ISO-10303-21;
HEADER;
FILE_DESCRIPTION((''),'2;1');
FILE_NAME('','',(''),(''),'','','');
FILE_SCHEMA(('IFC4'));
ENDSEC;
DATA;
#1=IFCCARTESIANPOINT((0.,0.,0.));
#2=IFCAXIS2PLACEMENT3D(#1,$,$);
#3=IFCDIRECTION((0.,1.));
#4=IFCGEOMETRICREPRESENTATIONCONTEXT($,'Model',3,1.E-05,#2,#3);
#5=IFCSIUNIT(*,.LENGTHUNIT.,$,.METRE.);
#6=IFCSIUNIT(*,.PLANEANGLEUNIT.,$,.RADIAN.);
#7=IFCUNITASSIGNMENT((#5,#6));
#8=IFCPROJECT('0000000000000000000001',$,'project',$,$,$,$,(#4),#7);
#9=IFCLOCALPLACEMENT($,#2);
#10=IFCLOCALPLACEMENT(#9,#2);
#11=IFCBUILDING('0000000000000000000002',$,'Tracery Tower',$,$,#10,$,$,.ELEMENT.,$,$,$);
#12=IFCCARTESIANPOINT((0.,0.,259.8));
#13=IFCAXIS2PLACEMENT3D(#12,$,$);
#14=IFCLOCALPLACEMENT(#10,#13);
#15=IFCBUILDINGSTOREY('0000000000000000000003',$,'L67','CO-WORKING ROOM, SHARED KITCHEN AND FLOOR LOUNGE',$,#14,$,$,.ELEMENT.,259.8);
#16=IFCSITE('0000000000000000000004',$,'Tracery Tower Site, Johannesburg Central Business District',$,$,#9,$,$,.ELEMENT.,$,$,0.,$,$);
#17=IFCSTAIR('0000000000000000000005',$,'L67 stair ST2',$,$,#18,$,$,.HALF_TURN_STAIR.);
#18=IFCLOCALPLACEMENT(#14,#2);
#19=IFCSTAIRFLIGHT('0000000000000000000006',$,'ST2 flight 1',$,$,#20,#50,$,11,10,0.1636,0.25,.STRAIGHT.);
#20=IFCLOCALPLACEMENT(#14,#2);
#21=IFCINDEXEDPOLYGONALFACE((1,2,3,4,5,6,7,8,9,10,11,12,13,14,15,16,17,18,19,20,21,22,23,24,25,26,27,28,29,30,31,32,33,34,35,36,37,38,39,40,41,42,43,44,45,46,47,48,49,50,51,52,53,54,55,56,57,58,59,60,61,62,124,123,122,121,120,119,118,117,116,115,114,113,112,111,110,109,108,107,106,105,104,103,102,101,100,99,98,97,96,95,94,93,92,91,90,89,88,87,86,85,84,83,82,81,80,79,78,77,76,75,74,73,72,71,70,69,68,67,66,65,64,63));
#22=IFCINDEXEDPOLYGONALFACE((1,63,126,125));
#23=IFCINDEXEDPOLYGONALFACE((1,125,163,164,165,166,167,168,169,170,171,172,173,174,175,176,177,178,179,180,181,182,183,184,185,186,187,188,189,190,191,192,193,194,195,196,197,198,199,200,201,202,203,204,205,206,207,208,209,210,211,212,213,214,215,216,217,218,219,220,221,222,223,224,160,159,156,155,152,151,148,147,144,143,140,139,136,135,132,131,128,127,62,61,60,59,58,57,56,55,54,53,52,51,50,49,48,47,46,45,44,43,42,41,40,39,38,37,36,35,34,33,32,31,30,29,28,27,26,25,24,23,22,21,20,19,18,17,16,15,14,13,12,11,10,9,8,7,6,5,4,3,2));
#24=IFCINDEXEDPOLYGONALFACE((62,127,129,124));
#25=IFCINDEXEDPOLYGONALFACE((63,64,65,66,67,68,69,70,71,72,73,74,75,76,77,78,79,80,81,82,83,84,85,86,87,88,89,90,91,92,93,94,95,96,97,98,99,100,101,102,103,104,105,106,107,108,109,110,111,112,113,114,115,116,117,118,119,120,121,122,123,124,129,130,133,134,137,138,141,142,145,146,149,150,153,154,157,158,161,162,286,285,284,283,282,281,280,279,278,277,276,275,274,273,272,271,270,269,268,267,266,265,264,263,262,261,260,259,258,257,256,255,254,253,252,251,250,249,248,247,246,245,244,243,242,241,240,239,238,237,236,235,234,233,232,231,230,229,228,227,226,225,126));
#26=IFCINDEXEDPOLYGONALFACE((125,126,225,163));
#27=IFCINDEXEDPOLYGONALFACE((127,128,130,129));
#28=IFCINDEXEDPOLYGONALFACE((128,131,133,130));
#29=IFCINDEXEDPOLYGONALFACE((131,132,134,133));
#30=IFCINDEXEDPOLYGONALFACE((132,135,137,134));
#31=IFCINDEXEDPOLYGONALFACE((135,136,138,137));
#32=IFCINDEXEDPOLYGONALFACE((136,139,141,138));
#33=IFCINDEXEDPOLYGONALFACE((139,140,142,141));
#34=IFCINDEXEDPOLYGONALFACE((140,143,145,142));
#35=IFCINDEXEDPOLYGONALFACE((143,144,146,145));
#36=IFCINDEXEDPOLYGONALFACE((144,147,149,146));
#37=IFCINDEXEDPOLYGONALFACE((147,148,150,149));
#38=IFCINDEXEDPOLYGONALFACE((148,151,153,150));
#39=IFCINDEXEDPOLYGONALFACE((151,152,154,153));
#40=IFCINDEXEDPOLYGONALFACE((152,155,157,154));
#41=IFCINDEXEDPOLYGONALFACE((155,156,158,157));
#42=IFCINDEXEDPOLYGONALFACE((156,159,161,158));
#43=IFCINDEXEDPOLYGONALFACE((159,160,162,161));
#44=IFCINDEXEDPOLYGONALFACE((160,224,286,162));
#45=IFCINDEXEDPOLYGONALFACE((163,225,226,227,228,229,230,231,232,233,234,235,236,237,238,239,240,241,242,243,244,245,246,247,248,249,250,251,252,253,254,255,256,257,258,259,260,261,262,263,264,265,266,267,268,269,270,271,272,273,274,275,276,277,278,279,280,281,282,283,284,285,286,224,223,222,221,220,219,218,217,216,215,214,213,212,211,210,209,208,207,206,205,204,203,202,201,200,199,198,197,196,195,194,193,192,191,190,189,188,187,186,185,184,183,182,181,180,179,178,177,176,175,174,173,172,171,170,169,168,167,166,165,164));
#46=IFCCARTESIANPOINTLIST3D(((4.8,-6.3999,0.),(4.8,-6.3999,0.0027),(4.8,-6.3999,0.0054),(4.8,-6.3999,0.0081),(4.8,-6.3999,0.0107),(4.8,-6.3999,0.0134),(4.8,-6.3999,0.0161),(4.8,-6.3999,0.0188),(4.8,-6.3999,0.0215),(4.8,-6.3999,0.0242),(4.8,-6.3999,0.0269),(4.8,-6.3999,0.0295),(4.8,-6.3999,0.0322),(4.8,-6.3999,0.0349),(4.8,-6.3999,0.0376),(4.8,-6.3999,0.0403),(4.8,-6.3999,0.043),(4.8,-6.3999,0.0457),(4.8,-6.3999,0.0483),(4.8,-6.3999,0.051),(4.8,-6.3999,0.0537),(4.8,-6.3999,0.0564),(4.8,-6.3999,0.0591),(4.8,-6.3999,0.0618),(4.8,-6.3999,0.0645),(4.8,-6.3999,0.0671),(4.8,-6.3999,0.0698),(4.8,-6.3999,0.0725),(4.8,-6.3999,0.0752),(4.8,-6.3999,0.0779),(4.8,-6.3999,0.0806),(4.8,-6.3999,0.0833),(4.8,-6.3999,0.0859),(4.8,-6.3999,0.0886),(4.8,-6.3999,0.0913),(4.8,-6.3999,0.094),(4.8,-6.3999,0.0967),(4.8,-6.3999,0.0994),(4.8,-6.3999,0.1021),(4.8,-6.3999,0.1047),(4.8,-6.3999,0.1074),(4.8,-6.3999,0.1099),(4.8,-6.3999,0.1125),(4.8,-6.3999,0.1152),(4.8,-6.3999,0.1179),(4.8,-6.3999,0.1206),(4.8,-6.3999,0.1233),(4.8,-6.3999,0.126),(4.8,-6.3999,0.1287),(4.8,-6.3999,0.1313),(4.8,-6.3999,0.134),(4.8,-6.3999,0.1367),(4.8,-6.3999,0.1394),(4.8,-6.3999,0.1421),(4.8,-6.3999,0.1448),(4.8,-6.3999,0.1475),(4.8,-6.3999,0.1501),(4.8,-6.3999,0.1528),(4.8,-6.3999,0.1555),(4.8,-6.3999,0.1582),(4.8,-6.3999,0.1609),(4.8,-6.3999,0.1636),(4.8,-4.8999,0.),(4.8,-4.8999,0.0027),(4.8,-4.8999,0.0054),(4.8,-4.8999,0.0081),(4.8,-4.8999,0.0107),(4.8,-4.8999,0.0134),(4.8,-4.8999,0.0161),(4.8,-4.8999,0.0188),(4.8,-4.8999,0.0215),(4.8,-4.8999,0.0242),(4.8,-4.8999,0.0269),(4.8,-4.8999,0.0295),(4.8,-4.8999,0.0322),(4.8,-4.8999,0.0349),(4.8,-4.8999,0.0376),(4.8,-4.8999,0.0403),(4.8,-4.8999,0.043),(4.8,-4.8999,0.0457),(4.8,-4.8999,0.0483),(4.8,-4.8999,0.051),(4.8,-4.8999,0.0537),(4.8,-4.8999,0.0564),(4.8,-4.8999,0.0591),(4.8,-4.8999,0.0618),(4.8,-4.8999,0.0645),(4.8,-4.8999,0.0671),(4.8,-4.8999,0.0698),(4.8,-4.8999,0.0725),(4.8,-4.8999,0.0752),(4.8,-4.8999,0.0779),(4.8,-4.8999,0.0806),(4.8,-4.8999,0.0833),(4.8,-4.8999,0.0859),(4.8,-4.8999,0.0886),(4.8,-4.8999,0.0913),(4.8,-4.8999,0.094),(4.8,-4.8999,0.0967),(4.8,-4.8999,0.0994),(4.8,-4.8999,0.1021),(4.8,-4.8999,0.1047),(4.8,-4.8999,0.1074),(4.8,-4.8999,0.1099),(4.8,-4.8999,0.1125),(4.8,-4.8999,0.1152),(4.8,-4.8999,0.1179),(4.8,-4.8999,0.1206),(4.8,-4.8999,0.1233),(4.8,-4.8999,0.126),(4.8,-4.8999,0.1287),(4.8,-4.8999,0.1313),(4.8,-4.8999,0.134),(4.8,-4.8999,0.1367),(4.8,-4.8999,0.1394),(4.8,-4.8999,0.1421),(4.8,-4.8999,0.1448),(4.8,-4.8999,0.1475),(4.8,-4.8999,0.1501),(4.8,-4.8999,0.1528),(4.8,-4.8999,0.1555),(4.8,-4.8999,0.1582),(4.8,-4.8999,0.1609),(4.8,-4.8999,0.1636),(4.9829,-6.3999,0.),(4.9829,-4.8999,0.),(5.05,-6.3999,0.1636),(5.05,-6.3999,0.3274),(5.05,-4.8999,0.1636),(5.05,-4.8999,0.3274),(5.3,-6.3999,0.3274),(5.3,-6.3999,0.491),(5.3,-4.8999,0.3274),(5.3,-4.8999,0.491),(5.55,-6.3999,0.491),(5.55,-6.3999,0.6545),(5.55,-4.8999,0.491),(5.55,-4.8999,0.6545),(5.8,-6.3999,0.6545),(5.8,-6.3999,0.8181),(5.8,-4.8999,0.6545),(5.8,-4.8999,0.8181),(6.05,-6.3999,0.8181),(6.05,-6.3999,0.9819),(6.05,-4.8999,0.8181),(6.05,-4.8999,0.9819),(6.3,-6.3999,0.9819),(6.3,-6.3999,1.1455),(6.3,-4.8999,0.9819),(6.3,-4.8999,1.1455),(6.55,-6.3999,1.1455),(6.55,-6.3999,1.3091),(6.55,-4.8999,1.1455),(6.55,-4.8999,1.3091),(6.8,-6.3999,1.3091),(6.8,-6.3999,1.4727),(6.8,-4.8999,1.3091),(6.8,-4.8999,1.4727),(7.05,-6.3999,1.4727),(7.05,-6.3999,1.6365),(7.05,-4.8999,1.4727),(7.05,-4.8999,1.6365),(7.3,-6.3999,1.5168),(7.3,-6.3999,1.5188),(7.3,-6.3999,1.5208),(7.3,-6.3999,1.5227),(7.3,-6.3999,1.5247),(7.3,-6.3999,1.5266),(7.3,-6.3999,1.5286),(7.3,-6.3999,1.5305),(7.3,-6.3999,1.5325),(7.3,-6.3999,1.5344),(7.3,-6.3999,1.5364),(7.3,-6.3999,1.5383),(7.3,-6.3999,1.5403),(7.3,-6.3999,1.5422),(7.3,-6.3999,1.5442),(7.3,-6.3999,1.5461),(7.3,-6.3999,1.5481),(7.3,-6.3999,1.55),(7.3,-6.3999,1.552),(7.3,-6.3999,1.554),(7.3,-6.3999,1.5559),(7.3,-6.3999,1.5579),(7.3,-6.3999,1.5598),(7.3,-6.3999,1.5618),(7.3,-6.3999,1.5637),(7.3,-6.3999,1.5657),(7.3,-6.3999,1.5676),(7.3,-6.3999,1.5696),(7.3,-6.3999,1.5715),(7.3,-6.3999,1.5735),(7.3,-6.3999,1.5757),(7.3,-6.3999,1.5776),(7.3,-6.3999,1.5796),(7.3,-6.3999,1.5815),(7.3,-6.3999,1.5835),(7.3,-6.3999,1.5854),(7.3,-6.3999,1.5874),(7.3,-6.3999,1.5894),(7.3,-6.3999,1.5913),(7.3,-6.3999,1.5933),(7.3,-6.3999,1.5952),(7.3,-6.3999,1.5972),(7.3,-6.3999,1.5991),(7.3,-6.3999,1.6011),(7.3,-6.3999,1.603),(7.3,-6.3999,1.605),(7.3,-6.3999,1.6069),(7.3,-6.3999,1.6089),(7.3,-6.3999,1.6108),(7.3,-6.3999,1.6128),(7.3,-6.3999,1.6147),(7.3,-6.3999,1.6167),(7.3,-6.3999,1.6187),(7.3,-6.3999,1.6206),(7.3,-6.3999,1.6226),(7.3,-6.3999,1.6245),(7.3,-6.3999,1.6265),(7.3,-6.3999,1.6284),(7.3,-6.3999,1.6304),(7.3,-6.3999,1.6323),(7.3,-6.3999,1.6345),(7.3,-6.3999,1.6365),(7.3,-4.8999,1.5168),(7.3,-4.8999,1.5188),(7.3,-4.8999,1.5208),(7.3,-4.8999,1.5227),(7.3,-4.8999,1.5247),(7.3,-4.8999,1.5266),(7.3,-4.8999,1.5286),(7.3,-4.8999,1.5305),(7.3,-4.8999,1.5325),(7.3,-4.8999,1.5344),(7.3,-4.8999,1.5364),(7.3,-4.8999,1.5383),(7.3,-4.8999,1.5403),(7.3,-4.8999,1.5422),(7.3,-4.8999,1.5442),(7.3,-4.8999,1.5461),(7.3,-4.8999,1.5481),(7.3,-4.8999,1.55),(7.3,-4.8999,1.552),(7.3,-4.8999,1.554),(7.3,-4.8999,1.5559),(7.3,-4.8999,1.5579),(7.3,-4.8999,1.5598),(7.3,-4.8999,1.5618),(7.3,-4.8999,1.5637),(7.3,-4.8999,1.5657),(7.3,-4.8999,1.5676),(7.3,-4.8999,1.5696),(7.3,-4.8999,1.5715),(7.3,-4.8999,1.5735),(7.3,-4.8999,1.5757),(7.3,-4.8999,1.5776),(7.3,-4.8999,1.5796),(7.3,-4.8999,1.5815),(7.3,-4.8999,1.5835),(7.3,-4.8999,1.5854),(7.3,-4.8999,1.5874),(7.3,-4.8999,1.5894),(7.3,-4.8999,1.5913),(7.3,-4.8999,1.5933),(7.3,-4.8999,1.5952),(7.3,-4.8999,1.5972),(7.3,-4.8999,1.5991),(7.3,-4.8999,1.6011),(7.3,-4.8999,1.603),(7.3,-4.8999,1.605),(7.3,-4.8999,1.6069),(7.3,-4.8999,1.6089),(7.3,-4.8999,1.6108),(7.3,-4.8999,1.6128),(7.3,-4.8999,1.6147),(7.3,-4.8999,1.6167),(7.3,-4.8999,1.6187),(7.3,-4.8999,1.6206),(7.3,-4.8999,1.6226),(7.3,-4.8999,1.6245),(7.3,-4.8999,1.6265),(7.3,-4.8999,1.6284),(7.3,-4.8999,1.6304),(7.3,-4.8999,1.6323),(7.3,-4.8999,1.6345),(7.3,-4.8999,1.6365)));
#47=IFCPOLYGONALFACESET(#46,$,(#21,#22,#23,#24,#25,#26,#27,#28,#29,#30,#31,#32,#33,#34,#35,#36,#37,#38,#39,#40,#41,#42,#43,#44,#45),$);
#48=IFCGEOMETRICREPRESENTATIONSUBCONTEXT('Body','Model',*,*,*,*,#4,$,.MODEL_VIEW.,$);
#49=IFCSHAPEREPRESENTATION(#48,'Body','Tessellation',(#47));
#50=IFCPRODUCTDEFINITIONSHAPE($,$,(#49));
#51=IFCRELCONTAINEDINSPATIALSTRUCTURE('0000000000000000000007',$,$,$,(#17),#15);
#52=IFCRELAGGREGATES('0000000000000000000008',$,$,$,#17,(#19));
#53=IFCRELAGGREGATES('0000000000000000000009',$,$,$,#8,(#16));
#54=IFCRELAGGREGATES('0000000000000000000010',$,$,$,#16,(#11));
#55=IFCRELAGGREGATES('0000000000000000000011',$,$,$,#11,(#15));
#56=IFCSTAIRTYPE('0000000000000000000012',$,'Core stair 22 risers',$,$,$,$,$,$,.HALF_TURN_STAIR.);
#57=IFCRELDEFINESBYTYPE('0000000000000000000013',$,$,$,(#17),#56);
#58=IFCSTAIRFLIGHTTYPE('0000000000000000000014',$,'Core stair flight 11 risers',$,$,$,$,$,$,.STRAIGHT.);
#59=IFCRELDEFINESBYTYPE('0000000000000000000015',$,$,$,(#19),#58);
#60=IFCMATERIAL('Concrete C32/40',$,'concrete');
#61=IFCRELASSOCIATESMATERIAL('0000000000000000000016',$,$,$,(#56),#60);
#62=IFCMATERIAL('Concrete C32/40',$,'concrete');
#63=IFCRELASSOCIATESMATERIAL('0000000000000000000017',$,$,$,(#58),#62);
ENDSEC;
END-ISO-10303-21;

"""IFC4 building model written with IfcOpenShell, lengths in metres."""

from ifc_helpers import new_model, si_unit, direction, frame, origin, place, context, subcontext, project, spatial, polyline, outline, extrude, material, type_object, element, aggregate, save


model = new_model("IFC4")

# Units and contexts
model_context = context("Model", 3, precision=1e-05, world=origin(), true_north=direction((0.0, 1.0)))
body_context = subcontext(model_context, "Body", "Model", "MODEL_VIEW")
ifc_project = project(units=[si_unit("LENGTHUNIT", "METRE"), si_unit("PLANEANGLEUNIT", "RADIAN")], contexts=[model_context])

# Site, building, storey
site_placement = place(None, origin())
site = spatial("IfcSite", under=ifc_project, at=site_placement, Name="Tracery Tower Site, Johannesburg Central Business District", CompositionType="ELEMENT", RefElevation=0.0)
building_placement = place(site_placement, origin())
building = spatial("IfcBuilding", under=site, at=building_placement, Name="Tracery Tower", CompositionType="ELEMENT")
storey_placement = place(building_placement, frame((0.0, 0.0, 259.8)))
storey = spatial("IfcBuildingStorey", under=building, at=storey_placement, Name="L67", Description="CO-WORKING ROOM, SHARED KITCHEN AND FLOOR LOUNGE", CompositionType="ELEMENT", Elevation=259.8)

# Stair
ifc_material_1 = material(Name="Concrete C32/40", Category="concrete")
stair_type = type_object("IfcStairType", Name="Core stair 22 risers", PredefinedType="HALF_TURN_STAIR", material=ifc_material_1)
stair_placement = place(storey_placement, origin())
stair = element("IfcStair", 1, at=stair_placement, inside=storey, type_object=stair_type, Name="L67 stair ST2", PredefinedType="HALF_TURN_STAIR")

# Stair flight
ifc_material_2 = material(Name="Concrete C32/40", Category="concrete")
stair_flight_type = type_object("IfcStairFlightType", Name="Core stair flight 11 risers", PredefinedType="STRAIGHT", material=ifc_material_2)
stair_flight_1_placement = place(storey_placement, frame((4.8, -5.6499, 0.0), z_axis=(0.0, 0.0, 1.0), x_axis=(1.0, 0.0, 0.0)))
stair_flight_1 = element("IfcStairFlight", 2, at=stair_flight_1_placement, type_object=stair_flight_type, Name="ST2 flight 1", NumberOfRisers=11, NumberOfTreads=10, PredefinedType="STRAIGHT", RiserHeight=0.1636, TreadLength=0.25, context=body_context, shape_type="SweptSolid", body=[
    extrude(outline(polyline([(0.0, 0.0), (0.0, 0.0027), (0.0, 0.0054), (0.0, 0.0081), (0.0, 0.0107), (0.0, 0.0134), (0.0, 0.0161), (0.0, 0.0188), (0.0, 0.0215), (0.0, 0.0242), (0.0, 0.0269), (0.0, 0.0295), (0.0, 0.0322), (0.0, 0.0349), (0.0, 0.0376), (0.0, 0.0403), (0.0, 0.043), (0.0, 0.0457), (0.0, 0.0483), (0.0, 0.051), (0.0, 0.0537), (0.0, 0.0564), (0.0, 0.0591), (0.0, 0.0618), (0.0, 0.0645), (0.0, 0.0671), (0.0, 0.0698), (0.0, 0.0725), (0.0, 0.0752), (0.0, 0.0779), (0.0, 0.0806), (0.0, 0.0833), (0.0, 0.0859), (0.0, 0.0886), (0.0, 0.0913), (0.0, 0.094), (0.0, 0.0967), (0.0, 0.0994), (0.0, 0.1021), (0.0, 0.1047), (0.0, 0.1074), (0.0, 0.1099), (0.0, 0.1125), (0.0, 0.1152), (0.0, 0.1179), (0.0, 0.1206), (0.0, 0.1233), (0.0, 0.126), (0.0, 0.1287), (0.0, 0.1313), (0.0, 0.134), (0.0, 0.1367), (0.0, 0.1394), (0.0, 0.1421), (0.0, 0.1448), (0.0, 0.1475), (0.0, 0.1501), (0.0, 0.1528), (0.0, 0.1555), (0.0, 0.1582), (0.0, 0.1609), (0.0, 0.1636), (0.25, 0.1636), (0.25, 0.3274), (0.5, 0.3274), (0.5, 0.491), (0.75, 0.491), (0.75, 0.6545), (1.0, 0.6545), (1.0, 0.8181), (1.25, 0.8181), (1.25, 0.9819), (1.5, 0.9819), (1.5, 1.1455), (1.75, 1.1455), (1.75, 1.3091), (2.0, 1.3091), (2.0, 1.4727), (2.25, 1.4727), (2.25, 1.6365), (2.5, 1.6365), (2.5, 1.6345), (2.5, 1.6323), (2.5, 1.6304), (2.5, 1.6284), (2.5, 1.6265), (2.5, 1.6245), (2.5, 1.6226), (2.5, 1.6206), (2.5, 1.6187), (2.5, 1.6167), (2.5, 1.6147), (2.5, 1.6128), (2.5, 1.6108), (2.5, 1.6089), (2.5, 1.6069), (2.5, 1.605), (2.5, 1.603), (2.5, 1.6011), (2.5, 1.5991), (2.5, 1.5972), (2.5, 1.5952), (2.5, 1.5933), (2.5, 1.5913), (2.5, 1.5894), (2.5, 1.5874), (2.5, 1.5854), (2.5, 1.5835), (2.5, 1.5815), (2.5, 1.5796), (2.5, 1.5776), (2.5, 1.5757), (2.5, 1.5735), (2.5, 1.5715), (2.5, 1.5696), (2.5, 1.5676), (2.5, 1.5657), (2.5, 1.5637), (2.5, 1.5618), (2.5, 1.5598), (2.5, 1.5579), (2.5, 1.5559), (2.5, 1.554), (2.5, 1.552), (2.5, 1.55), (2.5, 1.5481), (2.5, 1.5461), (2.5, 1.5442), (2.5, 1.5422), (2.5, 1.5403), (2.5, 1.5383), (2.5, 1.5364), (2.5, 1.5344), (2.5, 1.5325), (2.5, 1.5305), (2.5, 1.5286), (2.5, 1.5266), (2.5, 1.5247), (2.5, 1.5227), (2.5, 1.5208), (2.5, 1.5188), (2.5, 1.5168), (0.1829, 0.0), (0.0, 0.0)])), frame((0.0, 0.75, 0.0), z_axis=(0.0, -1.0, 0.0), x_axis=(1.0, 0.0, 0.0)), (0.0, 0.0, 1.0), 1.5),
])
aggregate(stair, [stair_flight_1])

save(model, "model.ifc")
